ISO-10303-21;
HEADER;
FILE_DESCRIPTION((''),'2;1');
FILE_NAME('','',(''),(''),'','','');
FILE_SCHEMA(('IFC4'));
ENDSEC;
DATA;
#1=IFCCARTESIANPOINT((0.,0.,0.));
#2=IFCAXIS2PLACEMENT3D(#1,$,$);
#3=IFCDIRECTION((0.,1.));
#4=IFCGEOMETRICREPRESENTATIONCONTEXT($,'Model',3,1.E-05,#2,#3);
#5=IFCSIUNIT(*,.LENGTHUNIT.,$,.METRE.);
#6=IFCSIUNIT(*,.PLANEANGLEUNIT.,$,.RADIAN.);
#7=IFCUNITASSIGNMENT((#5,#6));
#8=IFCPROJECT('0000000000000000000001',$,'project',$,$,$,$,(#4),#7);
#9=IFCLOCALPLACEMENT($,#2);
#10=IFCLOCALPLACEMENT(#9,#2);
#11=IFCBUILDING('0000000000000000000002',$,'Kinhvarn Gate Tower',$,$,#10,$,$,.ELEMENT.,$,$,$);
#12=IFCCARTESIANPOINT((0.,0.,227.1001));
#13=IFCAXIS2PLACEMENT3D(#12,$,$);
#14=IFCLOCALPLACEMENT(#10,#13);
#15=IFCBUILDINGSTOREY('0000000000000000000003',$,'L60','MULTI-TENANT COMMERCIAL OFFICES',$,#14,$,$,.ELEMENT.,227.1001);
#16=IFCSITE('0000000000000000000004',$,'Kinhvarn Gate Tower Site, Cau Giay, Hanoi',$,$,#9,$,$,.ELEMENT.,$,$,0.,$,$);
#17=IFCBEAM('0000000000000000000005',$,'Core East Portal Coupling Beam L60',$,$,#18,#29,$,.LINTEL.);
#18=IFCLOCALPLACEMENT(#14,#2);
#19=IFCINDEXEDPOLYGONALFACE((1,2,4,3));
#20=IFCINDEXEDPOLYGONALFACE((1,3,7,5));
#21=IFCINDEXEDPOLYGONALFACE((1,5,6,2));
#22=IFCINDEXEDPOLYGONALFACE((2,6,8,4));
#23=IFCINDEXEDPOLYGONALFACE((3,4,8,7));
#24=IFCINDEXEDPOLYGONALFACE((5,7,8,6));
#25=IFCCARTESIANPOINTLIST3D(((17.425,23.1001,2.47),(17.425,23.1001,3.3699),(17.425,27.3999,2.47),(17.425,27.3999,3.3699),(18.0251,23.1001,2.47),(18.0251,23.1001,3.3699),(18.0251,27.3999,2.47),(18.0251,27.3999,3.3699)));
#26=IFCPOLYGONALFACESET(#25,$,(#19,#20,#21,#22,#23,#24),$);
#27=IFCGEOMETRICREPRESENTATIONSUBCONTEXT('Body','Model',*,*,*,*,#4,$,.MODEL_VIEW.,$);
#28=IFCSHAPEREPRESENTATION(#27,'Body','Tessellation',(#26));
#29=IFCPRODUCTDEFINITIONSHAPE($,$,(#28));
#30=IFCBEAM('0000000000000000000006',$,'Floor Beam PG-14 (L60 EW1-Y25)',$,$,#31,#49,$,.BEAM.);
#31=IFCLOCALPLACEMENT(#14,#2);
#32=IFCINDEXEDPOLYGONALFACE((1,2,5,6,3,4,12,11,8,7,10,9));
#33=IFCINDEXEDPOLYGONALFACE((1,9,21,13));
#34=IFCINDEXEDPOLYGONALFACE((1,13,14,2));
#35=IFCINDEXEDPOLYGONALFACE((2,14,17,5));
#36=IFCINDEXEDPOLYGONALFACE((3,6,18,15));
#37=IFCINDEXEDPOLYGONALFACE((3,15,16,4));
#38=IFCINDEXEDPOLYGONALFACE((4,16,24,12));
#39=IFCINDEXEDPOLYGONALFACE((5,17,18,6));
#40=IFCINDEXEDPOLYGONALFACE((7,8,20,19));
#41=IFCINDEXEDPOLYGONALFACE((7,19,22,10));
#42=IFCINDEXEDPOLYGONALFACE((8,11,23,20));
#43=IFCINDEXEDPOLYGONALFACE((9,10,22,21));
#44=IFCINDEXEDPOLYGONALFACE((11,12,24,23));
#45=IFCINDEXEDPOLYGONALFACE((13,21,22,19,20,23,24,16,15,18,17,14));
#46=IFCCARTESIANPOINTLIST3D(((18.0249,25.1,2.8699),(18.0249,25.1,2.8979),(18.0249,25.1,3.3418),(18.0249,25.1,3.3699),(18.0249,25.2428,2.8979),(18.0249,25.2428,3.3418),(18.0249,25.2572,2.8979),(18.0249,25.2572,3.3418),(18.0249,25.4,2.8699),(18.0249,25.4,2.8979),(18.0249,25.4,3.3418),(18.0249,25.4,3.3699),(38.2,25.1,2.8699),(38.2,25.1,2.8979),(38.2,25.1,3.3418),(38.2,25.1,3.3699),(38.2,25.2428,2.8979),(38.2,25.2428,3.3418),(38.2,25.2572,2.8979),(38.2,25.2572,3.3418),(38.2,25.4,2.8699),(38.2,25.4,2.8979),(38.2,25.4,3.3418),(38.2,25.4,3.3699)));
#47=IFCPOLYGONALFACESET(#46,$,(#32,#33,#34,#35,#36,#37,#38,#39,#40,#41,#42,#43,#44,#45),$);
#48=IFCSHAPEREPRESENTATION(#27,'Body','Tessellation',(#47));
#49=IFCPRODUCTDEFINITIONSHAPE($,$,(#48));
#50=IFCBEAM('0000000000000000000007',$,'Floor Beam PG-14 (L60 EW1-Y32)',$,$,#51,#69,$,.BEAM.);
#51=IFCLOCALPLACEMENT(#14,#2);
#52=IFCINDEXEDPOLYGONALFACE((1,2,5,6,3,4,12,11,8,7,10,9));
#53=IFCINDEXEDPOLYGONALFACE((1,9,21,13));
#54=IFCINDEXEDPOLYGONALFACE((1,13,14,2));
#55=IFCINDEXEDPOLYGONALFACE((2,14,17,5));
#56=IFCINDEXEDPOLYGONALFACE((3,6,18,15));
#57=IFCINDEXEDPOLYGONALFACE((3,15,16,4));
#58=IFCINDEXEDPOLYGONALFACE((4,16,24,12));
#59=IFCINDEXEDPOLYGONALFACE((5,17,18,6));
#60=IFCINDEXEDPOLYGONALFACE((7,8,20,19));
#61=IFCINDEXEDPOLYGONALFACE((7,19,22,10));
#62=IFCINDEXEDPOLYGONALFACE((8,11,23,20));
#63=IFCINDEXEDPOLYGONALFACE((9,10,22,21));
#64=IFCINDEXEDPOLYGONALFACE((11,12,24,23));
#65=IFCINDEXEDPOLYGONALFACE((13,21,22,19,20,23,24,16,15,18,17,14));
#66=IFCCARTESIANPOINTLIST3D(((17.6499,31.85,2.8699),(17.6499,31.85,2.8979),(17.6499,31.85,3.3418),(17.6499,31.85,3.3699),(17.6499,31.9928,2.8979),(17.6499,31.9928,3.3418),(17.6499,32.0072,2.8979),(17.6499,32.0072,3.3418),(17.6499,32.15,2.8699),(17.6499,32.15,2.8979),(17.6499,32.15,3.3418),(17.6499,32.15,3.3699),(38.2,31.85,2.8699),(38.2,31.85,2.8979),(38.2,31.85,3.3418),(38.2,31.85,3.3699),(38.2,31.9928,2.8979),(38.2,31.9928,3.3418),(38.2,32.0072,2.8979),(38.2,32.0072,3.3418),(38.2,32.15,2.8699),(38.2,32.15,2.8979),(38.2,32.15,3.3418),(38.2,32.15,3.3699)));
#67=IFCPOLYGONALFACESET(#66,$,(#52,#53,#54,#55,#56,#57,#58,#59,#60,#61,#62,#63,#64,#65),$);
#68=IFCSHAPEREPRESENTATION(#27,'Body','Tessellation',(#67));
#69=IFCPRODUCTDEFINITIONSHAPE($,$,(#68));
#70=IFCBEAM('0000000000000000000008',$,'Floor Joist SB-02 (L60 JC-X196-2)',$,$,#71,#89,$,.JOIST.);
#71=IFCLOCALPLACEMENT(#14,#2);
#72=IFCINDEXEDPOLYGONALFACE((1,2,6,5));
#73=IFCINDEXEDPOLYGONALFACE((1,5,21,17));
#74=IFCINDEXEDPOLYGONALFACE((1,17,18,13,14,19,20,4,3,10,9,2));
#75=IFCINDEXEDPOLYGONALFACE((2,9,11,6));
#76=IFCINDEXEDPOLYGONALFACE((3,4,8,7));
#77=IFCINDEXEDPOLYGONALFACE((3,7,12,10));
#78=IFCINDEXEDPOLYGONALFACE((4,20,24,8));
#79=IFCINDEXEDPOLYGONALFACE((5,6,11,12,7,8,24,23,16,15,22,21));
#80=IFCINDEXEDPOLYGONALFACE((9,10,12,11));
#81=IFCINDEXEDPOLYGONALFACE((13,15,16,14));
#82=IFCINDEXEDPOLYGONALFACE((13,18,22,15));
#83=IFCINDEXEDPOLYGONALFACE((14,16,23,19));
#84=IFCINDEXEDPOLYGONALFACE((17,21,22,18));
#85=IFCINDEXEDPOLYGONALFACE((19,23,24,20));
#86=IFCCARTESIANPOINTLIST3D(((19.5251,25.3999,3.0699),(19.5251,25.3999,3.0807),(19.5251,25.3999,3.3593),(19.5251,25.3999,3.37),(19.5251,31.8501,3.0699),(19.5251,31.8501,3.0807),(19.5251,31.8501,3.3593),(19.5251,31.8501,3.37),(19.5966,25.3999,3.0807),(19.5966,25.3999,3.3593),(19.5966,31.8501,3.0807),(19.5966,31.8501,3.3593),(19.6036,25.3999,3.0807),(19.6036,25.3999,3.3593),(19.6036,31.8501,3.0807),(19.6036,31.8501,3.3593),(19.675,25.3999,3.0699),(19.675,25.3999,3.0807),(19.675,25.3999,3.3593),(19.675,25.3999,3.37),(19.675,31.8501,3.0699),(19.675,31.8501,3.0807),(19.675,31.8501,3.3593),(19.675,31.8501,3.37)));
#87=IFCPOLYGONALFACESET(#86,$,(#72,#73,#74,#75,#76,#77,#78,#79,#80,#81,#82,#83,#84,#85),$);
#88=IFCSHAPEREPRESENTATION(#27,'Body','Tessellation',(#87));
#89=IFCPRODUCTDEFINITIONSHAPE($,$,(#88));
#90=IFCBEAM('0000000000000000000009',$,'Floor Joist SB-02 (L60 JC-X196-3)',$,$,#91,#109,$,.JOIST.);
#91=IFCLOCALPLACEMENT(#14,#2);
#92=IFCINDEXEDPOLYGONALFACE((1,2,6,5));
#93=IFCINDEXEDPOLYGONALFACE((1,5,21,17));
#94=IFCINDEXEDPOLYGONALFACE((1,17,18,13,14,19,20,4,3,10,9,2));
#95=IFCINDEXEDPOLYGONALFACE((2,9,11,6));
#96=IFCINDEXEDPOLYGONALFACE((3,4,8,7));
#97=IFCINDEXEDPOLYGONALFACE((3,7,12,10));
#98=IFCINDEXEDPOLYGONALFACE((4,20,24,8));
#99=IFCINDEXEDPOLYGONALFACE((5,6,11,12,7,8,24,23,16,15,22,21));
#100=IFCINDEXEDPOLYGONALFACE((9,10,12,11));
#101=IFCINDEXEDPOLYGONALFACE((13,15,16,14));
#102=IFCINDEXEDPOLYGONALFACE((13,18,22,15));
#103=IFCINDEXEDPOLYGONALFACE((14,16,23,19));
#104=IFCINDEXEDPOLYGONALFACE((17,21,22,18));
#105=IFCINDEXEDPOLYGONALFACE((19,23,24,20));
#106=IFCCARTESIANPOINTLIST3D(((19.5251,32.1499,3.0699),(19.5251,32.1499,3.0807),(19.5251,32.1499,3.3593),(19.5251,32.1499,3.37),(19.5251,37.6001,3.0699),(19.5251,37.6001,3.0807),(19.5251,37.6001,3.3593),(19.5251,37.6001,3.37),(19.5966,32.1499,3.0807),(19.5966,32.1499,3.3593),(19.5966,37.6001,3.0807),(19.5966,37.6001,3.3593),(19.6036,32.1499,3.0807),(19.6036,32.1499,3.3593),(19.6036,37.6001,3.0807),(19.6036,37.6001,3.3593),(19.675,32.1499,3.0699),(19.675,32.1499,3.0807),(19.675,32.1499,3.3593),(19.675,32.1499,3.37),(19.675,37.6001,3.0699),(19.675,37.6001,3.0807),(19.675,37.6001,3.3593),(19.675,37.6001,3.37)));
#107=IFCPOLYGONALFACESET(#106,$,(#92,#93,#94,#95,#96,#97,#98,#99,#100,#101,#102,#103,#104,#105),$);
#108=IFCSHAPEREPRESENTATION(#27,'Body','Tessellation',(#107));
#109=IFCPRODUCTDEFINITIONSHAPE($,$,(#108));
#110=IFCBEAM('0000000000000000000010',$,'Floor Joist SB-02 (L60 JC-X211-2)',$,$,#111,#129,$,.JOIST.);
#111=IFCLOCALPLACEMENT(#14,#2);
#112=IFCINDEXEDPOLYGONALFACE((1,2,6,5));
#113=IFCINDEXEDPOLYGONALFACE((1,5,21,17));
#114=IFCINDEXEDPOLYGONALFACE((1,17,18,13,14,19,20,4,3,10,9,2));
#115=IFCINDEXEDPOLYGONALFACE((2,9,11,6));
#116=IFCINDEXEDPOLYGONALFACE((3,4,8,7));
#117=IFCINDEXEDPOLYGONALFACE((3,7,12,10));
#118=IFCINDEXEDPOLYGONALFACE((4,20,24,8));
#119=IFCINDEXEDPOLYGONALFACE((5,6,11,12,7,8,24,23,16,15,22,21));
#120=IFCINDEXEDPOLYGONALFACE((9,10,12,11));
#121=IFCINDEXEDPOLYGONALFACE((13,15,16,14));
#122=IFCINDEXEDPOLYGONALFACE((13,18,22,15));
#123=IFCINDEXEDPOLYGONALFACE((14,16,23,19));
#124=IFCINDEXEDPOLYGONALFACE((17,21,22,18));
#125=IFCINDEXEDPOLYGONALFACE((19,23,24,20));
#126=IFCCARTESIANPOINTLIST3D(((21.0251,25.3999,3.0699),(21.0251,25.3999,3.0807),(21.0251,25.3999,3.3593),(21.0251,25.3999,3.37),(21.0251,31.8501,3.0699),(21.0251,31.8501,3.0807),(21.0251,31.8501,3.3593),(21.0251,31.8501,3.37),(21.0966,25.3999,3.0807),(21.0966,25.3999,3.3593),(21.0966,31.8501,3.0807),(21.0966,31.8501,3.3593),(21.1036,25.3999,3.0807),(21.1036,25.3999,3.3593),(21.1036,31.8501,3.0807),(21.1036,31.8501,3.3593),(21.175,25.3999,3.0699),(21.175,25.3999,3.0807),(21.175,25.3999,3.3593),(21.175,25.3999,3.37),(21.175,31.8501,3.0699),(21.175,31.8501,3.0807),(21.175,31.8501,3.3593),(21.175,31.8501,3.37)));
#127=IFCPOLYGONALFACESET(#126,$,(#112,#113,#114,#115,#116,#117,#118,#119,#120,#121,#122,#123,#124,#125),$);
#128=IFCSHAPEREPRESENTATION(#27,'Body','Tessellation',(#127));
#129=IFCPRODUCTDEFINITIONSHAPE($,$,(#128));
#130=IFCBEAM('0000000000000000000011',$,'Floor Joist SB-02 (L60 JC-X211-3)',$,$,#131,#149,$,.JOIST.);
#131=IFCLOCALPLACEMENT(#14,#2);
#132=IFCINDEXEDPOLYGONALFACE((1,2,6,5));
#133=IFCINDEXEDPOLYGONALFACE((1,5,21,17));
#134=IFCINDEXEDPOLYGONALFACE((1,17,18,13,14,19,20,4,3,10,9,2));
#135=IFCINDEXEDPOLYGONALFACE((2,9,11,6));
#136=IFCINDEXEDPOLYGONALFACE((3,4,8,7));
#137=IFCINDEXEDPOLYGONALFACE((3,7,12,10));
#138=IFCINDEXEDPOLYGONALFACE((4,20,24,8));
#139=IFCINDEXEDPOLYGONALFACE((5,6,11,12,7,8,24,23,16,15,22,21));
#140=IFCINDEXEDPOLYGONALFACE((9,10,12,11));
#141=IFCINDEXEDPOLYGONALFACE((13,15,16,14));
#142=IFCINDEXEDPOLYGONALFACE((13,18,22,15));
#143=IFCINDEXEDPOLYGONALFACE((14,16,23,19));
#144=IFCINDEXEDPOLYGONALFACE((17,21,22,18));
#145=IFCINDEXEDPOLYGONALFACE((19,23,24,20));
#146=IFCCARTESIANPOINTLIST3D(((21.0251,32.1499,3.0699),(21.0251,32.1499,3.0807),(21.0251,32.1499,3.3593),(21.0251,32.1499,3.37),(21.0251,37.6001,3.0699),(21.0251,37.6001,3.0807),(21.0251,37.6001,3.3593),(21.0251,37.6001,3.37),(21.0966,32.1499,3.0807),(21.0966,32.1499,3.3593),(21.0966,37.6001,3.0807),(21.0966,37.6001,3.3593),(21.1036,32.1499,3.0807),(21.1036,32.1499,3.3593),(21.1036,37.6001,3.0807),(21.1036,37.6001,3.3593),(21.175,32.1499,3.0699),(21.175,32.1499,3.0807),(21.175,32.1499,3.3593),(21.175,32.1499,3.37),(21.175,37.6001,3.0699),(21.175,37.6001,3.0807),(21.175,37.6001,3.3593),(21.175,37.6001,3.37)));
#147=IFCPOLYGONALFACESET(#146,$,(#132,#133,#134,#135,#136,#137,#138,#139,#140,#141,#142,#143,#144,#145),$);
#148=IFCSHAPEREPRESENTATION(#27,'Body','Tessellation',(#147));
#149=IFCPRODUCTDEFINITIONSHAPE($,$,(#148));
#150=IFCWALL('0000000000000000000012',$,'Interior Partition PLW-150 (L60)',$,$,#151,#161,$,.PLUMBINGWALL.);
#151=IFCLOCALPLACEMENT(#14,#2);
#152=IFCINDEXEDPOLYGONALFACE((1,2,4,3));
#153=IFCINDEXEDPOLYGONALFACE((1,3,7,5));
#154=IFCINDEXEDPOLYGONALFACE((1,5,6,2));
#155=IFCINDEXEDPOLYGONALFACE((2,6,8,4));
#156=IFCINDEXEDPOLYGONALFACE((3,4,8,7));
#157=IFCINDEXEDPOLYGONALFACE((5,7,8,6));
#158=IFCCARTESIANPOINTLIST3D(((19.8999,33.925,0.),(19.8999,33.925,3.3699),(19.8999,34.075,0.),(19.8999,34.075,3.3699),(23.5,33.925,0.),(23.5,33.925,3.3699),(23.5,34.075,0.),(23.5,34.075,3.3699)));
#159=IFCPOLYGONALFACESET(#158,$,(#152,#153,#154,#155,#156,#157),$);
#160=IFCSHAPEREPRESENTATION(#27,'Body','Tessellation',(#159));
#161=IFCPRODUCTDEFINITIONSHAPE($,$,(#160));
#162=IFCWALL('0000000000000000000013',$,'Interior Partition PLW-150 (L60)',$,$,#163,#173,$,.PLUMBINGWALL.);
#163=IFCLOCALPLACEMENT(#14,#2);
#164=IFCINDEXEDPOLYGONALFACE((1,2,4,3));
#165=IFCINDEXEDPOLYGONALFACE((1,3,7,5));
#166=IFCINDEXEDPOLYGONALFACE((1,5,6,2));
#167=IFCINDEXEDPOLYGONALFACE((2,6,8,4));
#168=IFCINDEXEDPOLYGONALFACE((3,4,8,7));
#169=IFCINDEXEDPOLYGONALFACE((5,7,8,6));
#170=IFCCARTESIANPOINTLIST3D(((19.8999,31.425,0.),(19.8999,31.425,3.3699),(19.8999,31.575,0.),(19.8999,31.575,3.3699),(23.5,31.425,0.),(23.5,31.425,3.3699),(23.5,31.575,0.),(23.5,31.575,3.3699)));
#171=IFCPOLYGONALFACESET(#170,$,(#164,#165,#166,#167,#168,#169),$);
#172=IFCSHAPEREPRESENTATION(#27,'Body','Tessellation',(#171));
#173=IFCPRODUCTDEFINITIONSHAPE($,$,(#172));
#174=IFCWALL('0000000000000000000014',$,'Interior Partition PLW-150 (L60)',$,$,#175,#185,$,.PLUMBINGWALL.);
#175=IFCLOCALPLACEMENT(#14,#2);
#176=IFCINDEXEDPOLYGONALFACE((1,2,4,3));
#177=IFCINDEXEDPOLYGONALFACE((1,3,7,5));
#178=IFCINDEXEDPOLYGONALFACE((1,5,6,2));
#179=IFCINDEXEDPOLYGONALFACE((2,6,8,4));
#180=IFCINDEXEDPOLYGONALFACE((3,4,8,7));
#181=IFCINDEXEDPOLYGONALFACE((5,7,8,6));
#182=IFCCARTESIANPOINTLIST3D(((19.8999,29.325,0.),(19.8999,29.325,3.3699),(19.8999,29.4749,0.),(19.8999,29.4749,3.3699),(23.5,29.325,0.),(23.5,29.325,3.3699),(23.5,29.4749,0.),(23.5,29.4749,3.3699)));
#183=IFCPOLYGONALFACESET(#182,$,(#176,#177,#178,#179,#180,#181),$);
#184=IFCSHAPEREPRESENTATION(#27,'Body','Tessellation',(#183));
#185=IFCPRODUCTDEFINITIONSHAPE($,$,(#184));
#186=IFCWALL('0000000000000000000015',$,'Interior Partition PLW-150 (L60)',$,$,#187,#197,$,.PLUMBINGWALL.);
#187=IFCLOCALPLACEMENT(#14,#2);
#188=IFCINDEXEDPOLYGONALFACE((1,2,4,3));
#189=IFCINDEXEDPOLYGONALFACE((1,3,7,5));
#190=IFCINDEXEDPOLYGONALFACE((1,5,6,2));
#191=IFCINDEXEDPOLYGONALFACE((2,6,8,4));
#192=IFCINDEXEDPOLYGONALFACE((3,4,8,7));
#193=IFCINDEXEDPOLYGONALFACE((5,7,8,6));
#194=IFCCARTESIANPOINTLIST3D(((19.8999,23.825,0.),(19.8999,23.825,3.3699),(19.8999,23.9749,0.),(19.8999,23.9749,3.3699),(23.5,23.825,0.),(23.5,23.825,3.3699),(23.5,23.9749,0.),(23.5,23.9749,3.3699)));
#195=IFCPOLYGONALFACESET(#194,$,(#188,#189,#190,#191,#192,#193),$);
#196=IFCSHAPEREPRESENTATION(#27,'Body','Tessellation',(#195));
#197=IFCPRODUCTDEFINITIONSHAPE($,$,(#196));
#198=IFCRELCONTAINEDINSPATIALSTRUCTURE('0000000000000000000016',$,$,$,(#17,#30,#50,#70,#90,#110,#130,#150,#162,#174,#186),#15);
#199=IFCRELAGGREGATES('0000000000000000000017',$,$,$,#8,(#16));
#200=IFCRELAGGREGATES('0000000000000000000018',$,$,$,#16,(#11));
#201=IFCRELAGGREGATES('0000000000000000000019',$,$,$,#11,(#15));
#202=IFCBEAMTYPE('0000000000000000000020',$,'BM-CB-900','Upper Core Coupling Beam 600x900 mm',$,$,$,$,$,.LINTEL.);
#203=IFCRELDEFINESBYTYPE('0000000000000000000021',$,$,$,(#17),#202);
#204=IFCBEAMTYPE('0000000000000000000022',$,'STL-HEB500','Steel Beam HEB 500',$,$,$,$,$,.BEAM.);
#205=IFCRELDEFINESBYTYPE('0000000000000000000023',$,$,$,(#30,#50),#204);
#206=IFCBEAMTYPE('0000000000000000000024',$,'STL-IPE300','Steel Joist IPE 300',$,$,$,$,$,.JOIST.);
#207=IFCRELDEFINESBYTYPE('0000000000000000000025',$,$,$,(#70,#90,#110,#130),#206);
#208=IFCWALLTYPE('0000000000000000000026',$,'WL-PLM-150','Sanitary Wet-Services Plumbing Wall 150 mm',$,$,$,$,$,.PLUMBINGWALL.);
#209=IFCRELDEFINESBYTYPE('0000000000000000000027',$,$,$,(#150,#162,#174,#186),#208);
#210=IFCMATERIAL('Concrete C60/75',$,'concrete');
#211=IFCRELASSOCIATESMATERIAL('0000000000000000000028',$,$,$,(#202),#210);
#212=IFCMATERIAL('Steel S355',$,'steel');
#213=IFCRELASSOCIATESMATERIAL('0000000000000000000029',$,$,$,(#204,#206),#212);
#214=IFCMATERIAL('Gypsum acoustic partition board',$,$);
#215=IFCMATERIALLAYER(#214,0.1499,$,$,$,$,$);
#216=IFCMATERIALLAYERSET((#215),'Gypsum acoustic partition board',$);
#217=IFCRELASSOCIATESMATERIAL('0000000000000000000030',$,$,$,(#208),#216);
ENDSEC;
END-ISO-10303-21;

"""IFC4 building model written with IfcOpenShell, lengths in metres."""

from ifc_helpers import new_model, si_unit, direction, frame, frame_2d, origin, origin_2d, place, context, subcontext, project, spatial, rectangle, i_section, extrude, material, layer, layer_set, material_profile, profile_set, type_object, element, save


model = new_model("IFC4")

# Units and contexts
model_context = context("Model", 3, precision=1e-05, world=origin(), true_north=direction((0.0, 1.0)))
body_context = subcontext(model_context, "Body", "Model", "MODEL_VIEW")
ifc_project = project(units=[si_unit("LENGTHUNIT", "METRE"), si_unit("PLANEANGLEUNIT", "RADIAN")], contexts=[model_context])

# Site, building, storey
site_placement = place(None, origin())
site = spatial("IfcSite", under=ifc_project, at=site_placement, Name="Kinhvarn Gate Tower Site, Cau Giay, Hanoi", CompositionType="ELEMENT", RefElevation=0.0)
building_placement = place(site_placement, origin())
building = spatial("IfcBuilding", under=site, at=building_placement, Name="Kinhvarn Gate Tower", CompositionType="ELEMENT")
storey_placement = place(building_placement, frame((0.0, 0.0, 227.1001)))
storey = spatial("IfcBuildingStorey", under=building, at=storey_placement, Name="L60", Description="MULTI-TENANT COMMERCIAL OFFICES", CompositionType="ELEMENT", Elevation=227.1001)

# Beams
ifc_material_1 = material(Name="Concrete C60/75", Category="concrete")
ifc_material_profile_1 = material_profile(ifc_material_1, rectangle(XDim=0.6001, YDim=0.8999, at=origin_2d()), Name="RC 600x900")
ifc_profile_set_1 = profile_set([ifc_material_profile_1], Name="Concrete C60/75")
beam_type_1 = type_object("IfcBeamType", Name="BM-CB-900", Description="Upper Core Coupling Beam 600x900 mm", PredefinedType="LINTEL", material=ifc_profile_set_1)
beam_1_placement = place(storey_placement, frame((17.7251, 23.1001, 2.9199), z_axis=(0.0, 1.0, 0.0), x_axis=(-1.0, 0.0, 0.0)))
element("IfcBeam", 1, at=beam_1_placement, inside=storey, type_object=beam_type_1, Name="Core East Portal Coupling Beam L60", PredefinedType="LINTEL", context=body_context, shape_type="SweptSolid", body=[
    extrude(rectangle(XDim=0.6001, YDim=0.8999, at=origin_2d()), origin(), (0.0, 0.0, 1.0), 4.2998),
])
ifc_material_2 = material(Name="Steel S355", Category="steel")
ifc_material_profile_2 = material_profile(ifc_material_2, i_section(OverallWidth=0.3, OverallDepth=0.5, WebThickness=0.0144, FlangeThickness=0.0281, at=origin_2d()), Name="HEB 500")
ifc_profile_set_2 = profile_set([ifc_material_profile_2], Name="Steel S355")
beam_type_2 = type_object("IfcBeamType", Name="STL-HEB500", Description="Steel Beam HEB 500", PredefinedType="BEAM", material=ifc_profile_set_2)
beam_2_placement = place(storey_placement, frame((18.0249, 25.25, 3.1199), z_axis=(1.0, 0.0, 0.0), x_axis=(0.0, 1.0, 0.0)))
element("IfcBeam", 2, at=beam_2_placement, inside=storey, type_object=beam_type_2, Name="Floor Beam PG-14 (L60 EW1-Y25)", PredefinedType="BEAM", context=body_context, shape_type="SweptSolid", body=[
    extrude(i_section(OverallWidth=0.3, OverallDepth=0.5, WebThickness=0.0144, FlangeThickness=0.0281, at=origin_2d()), origin(), (0.0, 0.0, 1.0), 20.175),
])
beam_3_placement = place(storey_placement, frame((17.6499, 32.0, 3.1199), z_axis=(1.0, 0.0, 0.0), x_axis=(0.0, 1.0, 0.0)))
element("IfcBeam", 3, at=beam_3_placement, inside=storey, type_object=beam_type_2, Name="Floor Beam PG-14 (L60 EW1-Y32)", PredefinedType="BEAM", context=body_context, shape_type="SweptSolid", body=[
    extrude(i_section(OverallWidth=0.3, OverallDepth=0.5, WebThickness=0.0144, FlangeThickness=0.0281, at=origin_2d()), origin(), (0.0, 0.0, 1.0), 20.55),
])
ifc_material_profile_3 = material_profile(ifc_material_2, i_section(OverallWidth=0.1499, OverallDepth=0.3, WebThickness=0.0071, FlangeThickness=0.0107, at=origin_2d()), Name="IPE 300")
ifc_profile_set_3 = profile_set([ifc_material_profile_3], Name="Steel S355")
beam_type_3 = type_object("IfcBeamType", Name="STL-IPE300", Description="Steel Joist IPE 300", PredefinedType="JOIST", material=ifc_profile_set_3)
beam_4_placement = place(storey_placement, frame((19.6001, 25.3999, 3.22), z_axis=(0.0, 1.0, 0.0), x_axis=(-1.0, 0.0, 0.0)))
element("IfcBeam", 4, at=beam_4_placement, inside=storey, type_object=beam_type_3, Name="Floor Joist SB-02 (L60 JC-X196-2)", PredefinedType="JOIST", context=body_context, shape_type="SweptSolid", body=[
    extrude(i_section(OverallWidth=0.1499, OverallDepth=0.3, WebThickness=0.0071, FlangeThickness=0.0107, at=origin_2d()), origin(), (0.0, 0.0, 1.0), 6.4502),
])
beam_5_placement = place(storey_placement, frame((19.6001, 32.1499, 3.22), z_axis=(0.0, 1.0, 0.0), x_axis=(-1.0, 0.0, 0.0)))
element("IfcBeam", 5, at=beam_5_placement, inside=storey, type_object=beam_type_3, Name="Floor Joist SB-02 (L60 JC-X196-3)", PredefinedType="JOIST", context=body_context, shape_type="SweptSolid", body=[
    extrude(i_section(OverallWidth=0.1499, OverallDepth=0.3, WebThickness=0.0071, FlangeThickness=0.0107, at=origin_2d()), origin(), (0.0, 0.0, 1.0), 5.4502),
])
beam_6_placement = place(storey_placement, frame((21.1001, 25.3999, 3.22), z_axis=(0.0, 1.0, 0.0), x_axis=(-1.0, 0.0, 0.0)))
element("IfcBeam", 6, at=beam_6_placement, inside=storey, type_object=beam_type_3, Name="Floor Joist SB-02 (L60 JC-X211-2)", PredefinedType="JOIST", context=body_context, shape_type="SweptSolid", body=[
    extrude(i_section(OverallWidth=0.1499, OverallDepth=0.3, WebThickness=0.0071, FlangeThickness=0.0107, at=origin_2d()), origin(), (0.0, 0.0, 1.0), 6.4502),
])
beam_7_placement = place(storey_placement, frame((21.1001, 32.1499, 3.22), z_axis=(0.0, 1.0, 0.0), x_axis=(-1.0, 0.0, 0.0)))
element("IfcBeam", 7, at=beam_7_placement, inside=storey, type_object=beam_type_3, Name="Floor Joist SB-02 (L60 JC-X211-3)", PredefinedType="JOIST", context=body_context, shape_type="SweptSolid", body=[
    extrude(i_section(OverallWidth=0.1499, OverallDepth=0.3, WebThickness=0.0071, FlangeThickness=0.0107, at=origin_2d()), origin(), (0.0, 0.0, 1.0), 5.4502),
])

# Walls
ifc_material_3 = material(Name="Gypsum acoustic partition board")
ifc_layer_1 = layer(ifc_material_3, 0.1499)
ifc_layer_set_1 = layer_set([ifc_layer_1], Name="Gypsum acoustic partition board")
wall_type_1 = type_object("IfcWallType", Name="WL-PLM-150", Description="Sanitary Wet-Services Plumbing Wall 150 mm", PredefinedType="PLUMBINGWALL", material=ifc_layer_set_1)
for number, where, z_axis, x_axis, name in (
    (8, (19.8999, 34.0, 0.0), (0.0, 0.0, 1.0), (1.0, 0.0, 0.0), "Interior Partition PLW-150 (L60)"),
    (9, (19.8999, 31.5, 0.0), (0.0, 0.0, 1.0), (1.0, 0.0, 0.0), "Interior Partition PLW-150 (L60)"),
    (10, (19.8999, 29.3999, 0.0), (0.0, 0.0, 1.0), (1.0, 0.0, 0.0), "Interior Partition PLW-150 (L60)"),
    (11, (19.8999, 23.8999, 0.0), (0.0, 0.0, 1.0), (1.0, 0.0, 0.0), "Interior Partition PLW-150 (L60)"),
):
    element("IfcWall", number, at=place(storey_placement, frame(where, z_axis=z_axis, x_axis=x_axis)), inside=storey, type_object=wall_type_1, Name=name, PredefinedType="PLUMBINGWALL", context=body_context, shape_type="SweptSolid", body=[
        extrude(rectangle(XDim=3.6001, YDim=0.1499, at=frame_2d((1.8, 0.0))), origin(), (0.0, 0.0, 1.0), 3.3699),
    ])

save(model, "model.ifc")
